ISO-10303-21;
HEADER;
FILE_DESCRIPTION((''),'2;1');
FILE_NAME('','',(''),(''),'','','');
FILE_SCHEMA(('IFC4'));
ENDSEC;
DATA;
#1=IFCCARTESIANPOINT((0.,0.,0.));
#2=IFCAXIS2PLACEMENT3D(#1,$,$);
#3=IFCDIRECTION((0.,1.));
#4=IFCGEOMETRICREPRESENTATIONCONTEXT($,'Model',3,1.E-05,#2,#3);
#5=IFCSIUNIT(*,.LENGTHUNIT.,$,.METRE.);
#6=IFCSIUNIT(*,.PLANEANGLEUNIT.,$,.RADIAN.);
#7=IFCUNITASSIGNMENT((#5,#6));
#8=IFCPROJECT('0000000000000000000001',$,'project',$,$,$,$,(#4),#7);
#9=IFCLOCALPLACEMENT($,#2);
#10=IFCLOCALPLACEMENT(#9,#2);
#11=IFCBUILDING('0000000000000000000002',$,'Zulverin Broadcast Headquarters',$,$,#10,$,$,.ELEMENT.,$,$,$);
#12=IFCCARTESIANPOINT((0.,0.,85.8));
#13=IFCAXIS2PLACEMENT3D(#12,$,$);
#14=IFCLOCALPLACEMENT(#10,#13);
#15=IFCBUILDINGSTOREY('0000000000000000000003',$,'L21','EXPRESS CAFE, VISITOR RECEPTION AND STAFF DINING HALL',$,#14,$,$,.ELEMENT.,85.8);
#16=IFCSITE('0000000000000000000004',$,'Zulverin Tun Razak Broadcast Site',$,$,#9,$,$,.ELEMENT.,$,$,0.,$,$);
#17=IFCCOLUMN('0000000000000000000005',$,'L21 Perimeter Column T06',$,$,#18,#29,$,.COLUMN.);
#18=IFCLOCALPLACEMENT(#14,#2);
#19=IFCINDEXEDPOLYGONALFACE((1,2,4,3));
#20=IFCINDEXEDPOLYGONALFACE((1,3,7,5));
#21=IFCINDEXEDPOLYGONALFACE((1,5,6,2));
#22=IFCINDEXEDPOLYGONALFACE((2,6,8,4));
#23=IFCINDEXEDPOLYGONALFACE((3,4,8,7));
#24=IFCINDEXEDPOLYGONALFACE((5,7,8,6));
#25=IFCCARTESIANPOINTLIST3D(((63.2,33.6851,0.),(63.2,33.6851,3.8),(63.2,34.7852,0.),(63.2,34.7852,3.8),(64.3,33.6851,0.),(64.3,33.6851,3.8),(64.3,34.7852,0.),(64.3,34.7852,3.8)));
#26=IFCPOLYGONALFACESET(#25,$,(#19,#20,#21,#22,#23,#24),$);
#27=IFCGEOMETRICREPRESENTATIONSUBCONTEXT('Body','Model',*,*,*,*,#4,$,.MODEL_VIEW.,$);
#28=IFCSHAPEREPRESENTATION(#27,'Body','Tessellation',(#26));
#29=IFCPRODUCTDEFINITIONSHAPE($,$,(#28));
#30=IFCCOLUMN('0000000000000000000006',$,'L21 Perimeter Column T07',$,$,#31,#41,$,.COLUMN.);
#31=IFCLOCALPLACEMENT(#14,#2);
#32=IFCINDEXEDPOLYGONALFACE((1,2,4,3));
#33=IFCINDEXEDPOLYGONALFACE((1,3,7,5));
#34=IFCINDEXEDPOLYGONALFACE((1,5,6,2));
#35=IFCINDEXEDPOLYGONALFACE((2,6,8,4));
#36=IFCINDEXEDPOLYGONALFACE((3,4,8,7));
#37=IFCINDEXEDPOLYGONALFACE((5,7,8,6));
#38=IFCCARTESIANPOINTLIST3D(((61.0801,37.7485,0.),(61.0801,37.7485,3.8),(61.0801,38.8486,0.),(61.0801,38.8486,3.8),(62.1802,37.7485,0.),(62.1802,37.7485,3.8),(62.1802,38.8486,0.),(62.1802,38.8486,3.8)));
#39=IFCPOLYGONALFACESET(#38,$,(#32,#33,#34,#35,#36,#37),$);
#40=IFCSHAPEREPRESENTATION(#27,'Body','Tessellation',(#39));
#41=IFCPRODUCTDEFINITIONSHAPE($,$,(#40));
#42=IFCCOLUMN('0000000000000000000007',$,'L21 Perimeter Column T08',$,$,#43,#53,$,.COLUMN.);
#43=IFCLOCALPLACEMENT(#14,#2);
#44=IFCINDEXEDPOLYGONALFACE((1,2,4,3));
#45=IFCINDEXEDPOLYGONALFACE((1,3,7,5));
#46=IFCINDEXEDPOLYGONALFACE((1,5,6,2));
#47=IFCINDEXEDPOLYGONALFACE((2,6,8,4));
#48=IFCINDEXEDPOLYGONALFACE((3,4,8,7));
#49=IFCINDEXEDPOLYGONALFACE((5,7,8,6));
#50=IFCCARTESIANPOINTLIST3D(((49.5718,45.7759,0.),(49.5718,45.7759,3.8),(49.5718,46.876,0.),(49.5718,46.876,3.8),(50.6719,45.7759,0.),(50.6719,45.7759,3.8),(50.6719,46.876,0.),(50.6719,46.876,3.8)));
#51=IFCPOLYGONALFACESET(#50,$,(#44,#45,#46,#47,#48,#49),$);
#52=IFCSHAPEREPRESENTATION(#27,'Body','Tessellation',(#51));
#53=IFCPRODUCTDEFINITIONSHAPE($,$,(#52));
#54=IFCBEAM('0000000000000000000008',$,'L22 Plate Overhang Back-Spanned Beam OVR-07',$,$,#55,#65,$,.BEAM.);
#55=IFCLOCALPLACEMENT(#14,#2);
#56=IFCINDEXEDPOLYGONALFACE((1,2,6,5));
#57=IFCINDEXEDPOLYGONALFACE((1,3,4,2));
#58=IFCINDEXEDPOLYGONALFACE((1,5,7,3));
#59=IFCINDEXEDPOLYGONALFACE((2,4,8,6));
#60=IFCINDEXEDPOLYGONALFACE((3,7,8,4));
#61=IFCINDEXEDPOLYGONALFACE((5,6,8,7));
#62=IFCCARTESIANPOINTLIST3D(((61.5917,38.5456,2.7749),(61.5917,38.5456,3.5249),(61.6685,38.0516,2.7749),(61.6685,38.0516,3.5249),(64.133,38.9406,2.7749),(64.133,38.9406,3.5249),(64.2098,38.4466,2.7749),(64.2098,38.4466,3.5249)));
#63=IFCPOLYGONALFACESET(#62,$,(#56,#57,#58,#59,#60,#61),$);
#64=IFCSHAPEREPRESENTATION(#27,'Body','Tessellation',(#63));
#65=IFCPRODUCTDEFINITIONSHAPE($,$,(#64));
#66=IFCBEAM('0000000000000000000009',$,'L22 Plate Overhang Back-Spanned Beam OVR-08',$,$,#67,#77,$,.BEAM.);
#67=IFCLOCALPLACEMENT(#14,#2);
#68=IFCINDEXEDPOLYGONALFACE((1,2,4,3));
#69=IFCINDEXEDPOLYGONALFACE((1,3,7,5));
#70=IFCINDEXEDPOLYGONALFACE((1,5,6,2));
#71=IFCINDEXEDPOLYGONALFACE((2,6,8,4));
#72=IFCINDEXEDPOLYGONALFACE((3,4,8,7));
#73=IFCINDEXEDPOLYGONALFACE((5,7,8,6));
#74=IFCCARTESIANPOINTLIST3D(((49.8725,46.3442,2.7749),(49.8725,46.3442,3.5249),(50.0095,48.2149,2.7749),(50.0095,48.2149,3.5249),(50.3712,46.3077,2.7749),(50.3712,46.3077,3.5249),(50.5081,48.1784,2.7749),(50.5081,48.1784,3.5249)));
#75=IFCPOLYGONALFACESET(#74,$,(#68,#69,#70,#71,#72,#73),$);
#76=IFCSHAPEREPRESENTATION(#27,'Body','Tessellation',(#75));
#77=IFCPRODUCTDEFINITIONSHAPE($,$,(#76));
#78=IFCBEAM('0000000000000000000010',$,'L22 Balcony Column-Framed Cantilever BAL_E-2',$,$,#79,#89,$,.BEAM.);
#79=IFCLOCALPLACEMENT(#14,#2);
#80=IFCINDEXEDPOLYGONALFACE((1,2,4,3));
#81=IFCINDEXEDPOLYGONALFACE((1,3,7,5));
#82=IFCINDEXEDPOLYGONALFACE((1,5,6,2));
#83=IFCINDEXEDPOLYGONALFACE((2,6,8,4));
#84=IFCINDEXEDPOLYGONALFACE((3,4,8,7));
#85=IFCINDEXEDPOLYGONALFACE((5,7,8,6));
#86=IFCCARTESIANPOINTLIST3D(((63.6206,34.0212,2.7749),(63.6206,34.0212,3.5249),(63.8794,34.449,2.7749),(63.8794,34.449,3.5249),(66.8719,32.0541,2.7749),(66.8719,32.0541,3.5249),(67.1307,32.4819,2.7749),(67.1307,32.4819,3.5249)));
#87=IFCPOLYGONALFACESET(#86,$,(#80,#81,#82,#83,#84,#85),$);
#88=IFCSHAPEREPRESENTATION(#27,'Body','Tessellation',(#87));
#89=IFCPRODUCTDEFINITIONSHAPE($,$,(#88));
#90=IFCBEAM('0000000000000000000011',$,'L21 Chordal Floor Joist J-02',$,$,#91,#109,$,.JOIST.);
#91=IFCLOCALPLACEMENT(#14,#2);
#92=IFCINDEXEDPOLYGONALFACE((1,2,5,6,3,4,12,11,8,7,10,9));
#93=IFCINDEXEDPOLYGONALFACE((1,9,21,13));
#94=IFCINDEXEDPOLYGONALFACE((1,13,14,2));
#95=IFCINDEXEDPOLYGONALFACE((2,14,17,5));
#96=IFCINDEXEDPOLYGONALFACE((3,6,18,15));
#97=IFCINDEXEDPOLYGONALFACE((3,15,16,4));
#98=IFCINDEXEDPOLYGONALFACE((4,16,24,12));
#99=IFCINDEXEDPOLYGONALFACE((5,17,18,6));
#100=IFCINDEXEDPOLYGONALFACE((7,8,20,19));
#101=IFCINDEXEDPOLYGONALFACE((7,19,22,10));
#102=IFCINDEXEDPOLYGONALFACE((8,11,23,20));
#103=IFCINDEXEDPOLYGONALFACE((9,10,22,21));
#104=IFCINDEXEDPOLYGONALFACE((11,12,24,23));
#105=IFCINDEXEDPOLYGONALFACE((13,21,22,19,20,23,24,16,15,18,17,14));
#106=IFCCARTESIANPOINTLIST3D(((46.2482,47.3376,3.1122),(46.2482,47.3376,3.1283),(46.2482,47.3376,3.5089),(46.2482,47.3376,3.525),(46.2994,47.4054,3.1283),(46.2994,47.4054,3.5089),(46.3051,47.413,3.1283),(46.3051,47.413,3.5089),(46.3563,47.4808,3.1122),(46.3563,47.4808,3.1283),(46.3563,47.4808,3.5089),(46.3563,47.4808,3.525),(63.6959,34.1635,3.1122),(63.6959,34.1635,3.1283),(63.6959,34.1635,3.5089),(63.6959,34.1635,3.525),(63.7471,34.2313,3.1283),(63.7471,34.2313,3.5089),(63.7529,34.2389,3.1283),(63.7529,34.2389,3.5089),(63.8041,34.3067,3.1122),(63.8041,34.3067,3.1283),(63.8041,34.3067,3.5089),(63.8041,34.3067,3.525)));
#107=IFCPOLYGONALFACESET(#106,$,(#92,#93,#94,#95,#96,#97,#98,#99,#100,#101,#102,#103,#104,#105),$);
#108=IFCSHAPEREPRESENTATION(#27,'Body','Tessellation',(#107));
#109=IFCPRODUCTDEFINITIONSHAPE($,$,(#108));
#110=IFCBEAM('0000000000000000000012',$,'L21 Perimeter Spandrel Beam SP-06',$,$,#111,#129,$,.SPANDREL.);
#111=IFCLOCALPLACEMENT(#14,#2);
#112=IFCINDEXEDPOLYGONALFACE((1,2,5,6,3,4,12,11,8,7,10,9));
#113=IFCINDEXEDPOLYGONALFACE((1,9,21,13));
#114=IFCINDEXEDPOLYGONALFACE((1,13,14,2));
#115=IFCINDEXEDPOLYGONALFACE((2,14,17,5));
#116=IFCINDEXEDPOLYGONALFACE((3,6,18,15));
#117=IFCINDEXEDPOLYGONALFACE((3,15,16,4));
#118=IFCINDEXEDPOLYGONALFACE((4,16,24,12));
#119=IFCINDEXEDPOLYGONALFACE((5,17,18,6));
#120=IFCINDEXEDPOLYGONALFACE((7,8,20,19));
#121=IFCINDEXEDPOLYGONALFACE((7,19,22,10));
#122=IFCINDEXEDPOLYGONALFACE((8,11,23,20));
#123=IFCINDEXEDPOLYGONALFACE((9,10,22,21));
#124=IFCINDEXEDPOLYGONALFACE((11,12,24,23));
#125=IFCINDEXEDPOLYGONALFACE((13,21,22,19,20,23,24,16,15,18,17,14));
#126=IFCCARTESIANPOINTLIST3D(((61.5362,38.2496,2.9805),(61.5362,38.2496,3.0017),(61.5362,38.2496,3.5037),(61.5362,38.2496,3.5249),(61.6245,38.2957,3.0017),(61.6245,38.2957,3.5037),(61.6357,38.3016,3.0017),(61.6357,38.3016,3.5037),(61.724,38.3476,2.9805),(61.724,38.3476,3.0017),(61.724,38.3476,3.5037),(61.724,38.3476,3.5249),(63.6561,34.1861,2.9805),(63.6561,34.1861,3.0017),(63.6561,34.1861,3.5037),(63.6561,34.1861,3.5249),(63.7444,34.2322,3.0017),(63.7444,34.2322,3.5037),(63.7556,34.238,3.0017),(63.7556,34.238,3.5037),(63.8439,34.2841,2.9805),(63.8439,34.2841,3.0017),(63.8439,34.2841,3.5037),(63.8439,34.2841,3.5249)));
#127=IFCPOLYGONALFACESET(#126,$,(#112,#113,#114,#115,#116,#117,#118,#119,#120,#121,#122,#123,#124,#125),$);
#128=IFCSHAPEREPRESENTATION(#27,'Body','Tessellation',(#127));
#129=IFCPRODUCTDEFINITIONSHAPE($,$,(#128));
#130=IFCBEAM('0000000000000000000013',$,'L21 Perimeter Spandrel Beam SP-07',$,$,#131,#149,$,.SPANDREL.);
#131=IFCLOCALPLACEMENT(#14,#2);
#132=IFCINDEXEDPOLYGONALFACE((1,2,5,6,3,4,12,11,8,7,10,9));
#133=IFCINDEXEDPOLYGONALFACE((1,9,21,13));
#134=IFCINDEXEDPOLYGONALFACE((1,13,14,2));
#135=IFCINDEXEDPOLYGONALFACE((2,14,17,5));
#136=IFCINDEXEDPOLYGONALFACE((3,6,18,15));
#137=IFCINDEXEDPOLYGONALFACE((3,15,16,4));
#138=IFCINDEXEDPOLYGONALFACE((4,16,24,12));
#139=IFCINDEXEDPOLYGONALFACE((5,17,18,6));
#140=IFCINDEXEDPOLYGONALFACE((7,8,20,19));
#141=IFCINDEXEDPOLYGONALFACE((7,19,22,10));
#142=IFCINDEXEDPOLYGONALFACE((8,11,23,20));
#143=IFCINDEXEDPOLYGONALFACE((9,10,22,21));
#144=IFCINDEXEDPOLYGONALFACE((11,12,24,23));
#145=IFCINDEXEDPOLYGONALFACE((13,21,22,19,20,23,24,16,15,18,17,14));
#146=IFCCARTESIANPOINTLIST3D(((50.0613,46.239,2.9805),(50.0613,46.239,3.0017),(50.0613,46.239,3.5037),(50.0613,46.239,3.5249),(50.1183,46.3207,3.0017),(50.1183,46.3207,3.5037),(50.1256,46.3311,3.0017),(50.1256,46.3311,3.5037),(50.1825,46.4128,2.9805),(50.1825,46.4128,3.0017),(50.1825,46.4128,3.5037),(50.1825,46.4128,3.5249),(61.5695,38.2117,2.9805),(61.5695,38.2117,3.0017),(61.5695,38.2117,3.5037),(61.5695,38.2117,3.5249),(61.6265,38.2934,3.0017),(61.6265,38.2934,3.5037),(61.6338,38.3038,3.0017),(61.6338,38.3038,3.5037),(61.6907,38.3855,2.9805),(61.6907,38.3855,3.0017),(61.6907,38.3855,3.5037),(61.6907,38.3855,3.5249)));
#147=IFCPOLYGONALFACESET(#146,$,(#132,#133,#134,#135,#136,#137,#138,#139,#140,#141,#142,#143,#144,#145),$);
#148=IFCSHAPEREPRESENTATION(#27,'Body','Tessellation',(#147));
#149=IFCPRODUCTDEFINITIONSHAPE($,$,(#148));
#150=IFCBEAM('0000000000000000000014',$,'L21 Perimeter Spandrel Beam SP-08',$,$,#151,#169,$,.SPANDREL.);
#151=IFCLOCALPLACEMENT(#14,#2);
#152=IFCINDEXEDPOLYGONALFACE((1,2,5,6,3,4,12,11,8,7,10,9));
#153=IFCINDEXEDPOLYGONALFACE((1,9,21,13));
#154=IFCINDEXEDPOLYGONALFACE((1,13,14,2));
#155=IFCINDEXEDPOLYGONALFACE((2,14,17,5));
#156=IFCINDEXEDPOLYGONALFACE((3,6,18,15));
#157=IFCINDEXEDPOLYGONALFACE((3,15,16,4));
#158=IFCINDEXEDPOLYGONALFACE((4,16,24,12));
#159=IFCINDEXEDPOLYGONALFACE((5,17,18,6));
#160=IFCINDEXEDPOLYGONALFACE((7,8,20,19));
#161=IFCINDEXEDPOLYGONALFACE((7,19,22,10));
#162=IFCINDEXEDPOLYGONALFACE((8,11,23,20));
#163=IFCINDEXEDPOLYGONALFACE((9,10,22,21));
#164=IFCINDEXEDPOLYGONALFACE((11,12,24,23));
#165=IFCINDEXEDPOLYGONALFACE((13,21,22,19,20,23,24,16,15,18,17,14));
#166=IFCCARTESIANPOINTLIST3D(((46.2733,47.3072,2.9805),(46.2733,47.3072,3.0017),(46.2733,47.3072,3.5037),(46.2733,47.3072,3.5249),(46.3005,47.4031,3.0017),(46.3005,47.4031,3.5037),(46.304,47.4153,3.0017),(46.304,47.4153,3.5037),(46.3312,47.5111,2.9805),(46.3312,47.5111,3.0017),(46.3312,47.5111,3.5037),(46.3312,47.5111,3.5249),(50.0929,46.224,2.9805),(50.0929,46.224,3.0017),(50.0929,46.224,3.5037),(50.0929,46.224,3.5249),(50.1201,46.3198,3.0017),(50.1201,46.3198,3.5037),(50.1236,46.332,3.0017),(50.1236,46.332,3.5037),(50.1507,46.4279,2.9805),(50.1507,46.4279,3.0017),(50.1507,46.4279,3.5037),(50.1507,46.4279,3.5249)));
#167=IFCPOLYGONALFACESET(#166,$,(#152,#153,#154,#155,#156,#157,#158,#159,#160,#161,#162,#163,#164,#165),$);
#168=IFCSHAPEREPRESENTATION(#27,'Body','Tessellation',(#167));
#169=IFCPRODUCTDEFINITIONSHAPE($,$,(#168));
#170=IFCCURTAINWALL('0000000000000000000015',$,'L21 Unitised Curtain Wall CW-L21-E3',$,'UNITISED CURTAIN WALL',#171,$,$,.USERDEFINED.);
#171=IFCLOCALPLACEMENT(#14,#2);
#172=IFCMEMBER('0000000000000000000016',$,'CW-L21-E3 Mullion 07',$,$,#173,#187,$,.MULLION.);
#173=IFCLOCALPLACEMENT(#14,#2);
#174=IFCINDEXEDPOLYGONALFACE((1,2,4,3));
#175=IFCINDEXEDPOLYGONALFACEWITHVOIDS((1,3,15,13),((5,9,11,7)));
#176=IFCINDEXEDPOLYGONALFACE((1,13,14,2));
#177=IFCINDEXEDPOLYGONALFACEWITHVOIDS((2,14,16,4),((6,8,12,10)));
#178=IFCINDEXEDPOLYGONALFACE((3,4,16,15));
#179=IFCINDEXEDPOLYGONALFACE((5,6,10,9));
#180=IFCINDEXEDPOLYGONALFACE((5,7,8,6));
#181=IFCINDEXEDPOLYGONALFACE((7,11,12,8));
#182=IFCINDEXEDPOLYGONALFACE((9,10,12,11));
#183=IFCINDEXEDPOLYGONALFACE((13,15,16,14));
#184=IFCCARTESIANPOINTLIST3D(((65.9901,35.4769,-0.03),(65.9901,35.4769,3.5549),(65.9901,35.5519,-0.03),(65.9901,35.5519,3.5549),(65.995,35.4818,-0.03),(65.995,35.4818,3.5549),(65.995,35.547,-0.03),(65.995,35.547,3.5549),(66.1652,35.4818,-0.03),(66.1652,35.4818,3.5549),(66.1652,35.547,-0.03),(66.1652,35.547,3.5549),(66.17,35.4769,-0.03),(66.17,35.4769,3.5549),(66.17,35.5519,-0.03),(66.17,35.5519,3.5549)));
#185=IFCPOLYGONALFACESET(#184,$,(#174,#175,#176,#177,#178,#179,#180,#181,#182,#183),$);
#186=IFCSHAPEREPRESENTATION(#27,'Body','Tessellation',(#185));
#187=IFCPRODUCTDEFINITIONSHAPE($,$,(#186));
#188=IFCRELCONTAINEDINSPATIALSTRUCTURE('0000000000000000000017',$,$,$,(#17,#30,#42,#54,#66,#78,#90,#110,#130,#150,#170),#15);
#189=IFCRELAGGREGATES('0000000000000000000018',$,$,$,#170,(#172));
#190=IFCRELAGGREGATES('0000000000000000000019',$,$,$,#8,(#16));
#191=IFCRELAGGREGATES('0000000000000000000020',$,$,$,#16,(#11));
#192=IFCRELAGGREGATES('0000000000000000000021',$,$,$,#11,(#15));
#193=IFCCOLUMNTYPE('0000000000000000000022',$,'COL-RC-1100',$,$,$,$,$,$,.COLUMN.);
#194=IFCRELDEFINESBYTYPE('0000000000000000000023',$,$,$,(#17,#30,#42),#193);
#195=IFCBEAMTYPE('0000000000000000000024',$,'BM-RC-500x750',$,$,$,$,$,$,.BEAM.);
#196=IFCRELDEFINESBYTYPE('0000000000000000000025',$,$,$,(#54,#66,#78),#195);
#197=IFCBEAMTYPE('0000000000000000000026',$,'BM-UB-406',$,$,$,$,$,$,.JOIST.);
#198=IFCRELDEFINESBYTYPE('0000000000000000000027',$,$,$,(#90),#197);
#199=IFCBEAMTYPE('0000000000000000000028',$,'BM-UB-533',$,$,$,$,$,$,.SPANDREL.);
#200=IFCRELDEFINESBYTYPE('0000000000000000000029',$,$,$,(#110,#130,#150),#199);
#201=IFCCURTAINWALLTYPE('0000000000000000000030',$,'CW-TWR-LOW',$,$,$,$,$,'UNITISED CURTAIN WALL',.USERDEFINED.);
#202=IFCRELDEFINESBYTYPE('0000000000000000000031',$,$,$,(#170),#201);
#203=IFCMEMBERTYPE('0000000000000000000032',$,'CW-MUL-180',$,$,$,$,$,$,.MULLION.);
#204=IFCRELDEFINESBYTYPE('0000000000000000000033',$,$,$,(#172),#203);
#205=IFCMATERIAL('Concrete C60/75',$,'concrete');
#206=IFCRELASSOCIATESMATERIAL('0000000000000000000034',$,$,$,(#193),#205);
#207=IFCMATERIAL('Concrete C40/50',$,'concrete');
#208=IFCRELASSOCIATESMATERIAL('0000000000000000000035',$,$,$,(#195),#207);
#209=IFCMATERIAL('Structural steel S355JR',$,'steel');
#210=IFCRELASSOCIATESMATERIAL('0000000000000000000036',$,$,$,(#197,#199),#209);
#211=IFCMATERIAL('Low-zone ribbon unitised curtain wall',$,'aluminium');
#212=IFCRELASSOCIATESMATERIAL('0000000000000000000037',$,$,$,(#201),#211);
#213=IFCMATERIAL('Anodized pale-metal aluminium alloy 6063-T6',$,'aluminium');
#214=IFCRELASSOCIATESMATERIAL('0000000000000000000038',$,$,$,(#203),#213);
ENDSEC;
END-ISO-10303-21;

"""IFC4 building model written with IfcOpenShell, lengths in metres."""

from ifc_helpers import new_model, si_unit, direction, frame, origin, origin_2d, place, context, subcontext, project, spatial, rectangle, hollow_rectangle, i_section, extrude, material, material_profile, profile_set, type_object, element, aggregate, save


model = new_model("IFC4")

# Units and contexts
model_context = context("Model", 3, precision=1e-05, world=origin(), true_north=direction((0.0, 1.0)))
body_context = subcontext(model_context, "Body", "Model", "MODEL_VIEW")
ifc_project = project(units=[si_unit("LENGTHUNIT", "METRE"), si_unit("PLANEANGLEUNIT", "RADIAN")], contexts=[model_context])

# Site, building, storey
site_placement = place(None, origin())
site = spatial("IfcSite", under=ifc_project, at=site_placement, Name="Zulverin Tun Razak Broadcast Site", CompositionType="ELEMENT", RefElevation=0.0)
building_placement = place(site_placement, origin())
building = spatial("IfcBuilding", under=site, at=building_placement, Name="Zulverin Broadcast Headquarters", CompositionType="ELEMENT")
storey_placement = place(building_placement, frame((0.0, 0.0, 85.8)))
storey = spatial("IfcBuildingStorey", under=building, at=storey_placement, Name="L21", Description="EXPRESS CAFE, VISITOR RECEPTION AND STAFF DINING HALL", CompositionType="ELEMENT", Elevation=85.8)

# Columns
ifc_material_1 = material(Name="Concrete C60/75", Category="concrete")
ifc_material_profile_1 = material_profile(ifc_material_1, rectangle(XDim=1.1001, YDim=1.1001, at=origin_2d()), Name="Concrete C60/75", Category="concrete")
ifc_profile_set_1 = profile_set([ifc_material_profile_1], Name="Concrete C60/75")
column_type = type_object("IfcColumnType", Name="COL-RC-1100", PredefinedType="COLUMN", material=ifc_profile_set_1)
for number, where, z_axis, x_axis, name in (
    (1, (63.75, 34.2351, 0.0), (0.0, 0.0, 1.0), (1.0, 0.0, 0.0), "L21 Perimeter Column T06"),
    (2, (61.6301, 38.2986, 0.0), (0.0, 0.0, 1.0), (1.0, 0.0, 0.0), "L21 Perimeter Column T07"),
    (3, (50.1218, 46.3259, 0.0), (0.0, 0.0, 1.0), (1.0, 0.0, 0.0), "L21 Perimeter Column T08"),
):
    element("IfcColumn", number, at=place(storey_placement, frame(where, z_axis=z_axis, x_axis=x_axis)), inside=storey, type_object=column_type, Name=name, PredefinedType="COLUMN", context=body_context, shape_type="SweptSolid", body=[
        extrude(rectangle(XDim=1.1001, YDim=1.1001, at=origin_2d()), origin(), (0.0, 0.0, 1.0), 3.8),
    ])

# Beams
ifc_material_2 = material(Name="Concrete C40/50", Category="concrete")
ifc_material_profile_2 = material_profile(ifc_material_2, rectangle(XDim=0.5, YDim=0.75, at=origin_2d()), Name="Concrete C40/50", Category="concrete")
ifc_profile_set_2 = profile_set([ifc_material_profile_2], Name="Concrete C40/50")
beam_type_1 = type_object("IfcBeamType", Name="BM-RC-500x750", PredefinedType="BEAM", material=ifc_profile_set_2)
beam_1_placement = place(storey_placement, frame((61.6301, 38.2986, 3.1499), z_axis=(0.988133, 0.153598, 0.0), x_axis=(-0.153598, 0.988133, 0.0)))
element("IfcBeam", 4, at=beam_1_placement, inside=storey, type_object=beam_type_1, Name="L22 Plate Overhang Back-Spanned Beam OVR-07", PredefinedType="BEAM", context=body_context, shape_type="SweptSolid", body=[
    extrude(rectangle(XDim=0.5, YDim=0.75, at=origin_2d()), origin(), (0.0, 0.0, 1.0), 2.5718),
])
beam_2_placement = place(storey_placement, frame((50.1218, 46.3259, 3.1499), z_axis=(0.073023, 0.99733, 0.0), x_axis=(-0.99733, 0.073023, 0.0)))
element("IfcBeam", 5, at=beam_2_placement, inside=storey, type_object=beam_type_1, Name="L22 Plate Overhang Back-Spanned Beam OVR-08", PredefinedType="BEAM", context=body_context, shape_type="SweptSolid", body=[
    extrude(rectangle(XDim=0.5, YDim=0.75, at=origin_2d()), origin(), (0.0, 0.0, 1.0), 1.8757),
])
beam_3_placement = place(storey_placement, frame((63.75, 34.2351, 3.1499), z_axis=(0.855594, -0.517648, 0.0), x_axis=(0.517648, 0.855594, 0.0)))
element("IfcBeam", 6, at=beam_3_placement, inside=storey, type_object=beam_type_1, Name="L22 Balcony Column-Framed Cantilever BAL_E-2", PredefinedType="BEAM", context=body_context, shape_type="SweptSolid", body=[
    extrude(rectangle(XDim=0.5, YDim=0.75, at=origin_2d()), origin(), (0.0, 0.0, 1.0), 3.8),
])
ifc_material_3 = material(Name="Structural steel S355JR", Category="steel")
ifc_material_profile_3 = material_profile(ifc_material_3, i_section(OverallWidth=0.1794, OverallDepth=0.4128, WebThickness=0.0095, FlangeThickness=0.0161, at=origin_2d()), Name="Structural steel S355JR", Category="steel")
ifc_profile_set_3 = profile_set([ifc_material_profile_3], Name="Structural steel S355JR")
beam_type_2 = type_object("IfcBeamType", Name="BM-UB-406", PredefinedType="JOIST", material=ifc_profile_set_3)
beam_4_placement = place(storey_placement, frame((63.75, 34.2351, 3.3186), z_axis=(-0.798058, 0.60258, 0.0), x_axis=(-0.60258, -0.798058, 0.0)))
element("IfcBeam", 7, at=beam_4_placement, inside=storey, type_object=beam_type_2, Name="L21 Chordal Floor Joist J-02", PredefinedType="JOIST", context=body_context, shape_type="SweptSolid", body=[
    extrude(i_section(OverallWidth=0.1794, OverallDepth=0.4128, WebThickness=0.0095, FlangeThickness=0.0161, at=origin_2d()), origin(), (0.0, 0.0, 1.0), 21.8628),
])
ifc_material_profile_4 = material_profile(ifc_material_3, i_section(OverallWidth=0.2119, OverallDepth=0.5444, WebThickness=0.0127, FlangeThickness=0.0212, at=origin_2d()), Name="Structural steel S355JR", Category="steel")
ifc_profile_set_4 = profile_set([ifc_material_profile_4], Name="Structural steel S355JR")
beam_type_3 = type_object("IfcBeamType", Name="BM-UB-533", PredefinedType="SPANDREL", material=ifc_profile_set_4)
beam_5_placement = place(storey_placement, frame((63.75, 34.2351, 3.2527), z_axis=(-0.462531, 0.886603, 0.0), x_axis=(-0.886603, -0.462531, 0.0)))
element("IfcBeam", 8, at=beam_5_placement, inside=storey, type_object=beam_type_3, Name="L21 Perimeter Spandrel Beam SP-06", PredefinedType="SPANDREL", context=body_context, shape_type="SweptSolid", body=[
    extrude(i_section(OverallWidth=0.2119, OverallDepth=0.5444, WebThickness=0.0127, FlangeThickness=0.0212, at=origin_2d()), origin(), (0.0, 0.0, 1.0), 4.5833),
])
beam_6_placement = place(storey_placement, frame((61.6301, 38.2986, 3.2527), z_axis=(-0.820184, 0.5721, 0.0), x_axis=(-0.5721, -0.820184, 0.0)))
element("IfcBeam", 9, at=beam_6_placement, inside=storey, type_object=beam_type_3, Name="L21 Perimeter Spandrel Beam SP-07", PredefinedType="SPANDREL", context=body_context, shape_type="SweptSolid", body=[
    extrude(i_section(OverallWidth=0.2119, OverallDepth=0.5444, WebThickness=0.0127, FlangeThickness=0.0212, at=origin_2d()), origin(), (0.0, 0.0, 1.0), 14.0312),
])
beam_7_placement = place(storey_placement, frame((50.1218, 46.3259, 3.2527), z_axis=(-0.962058, 0.272844, 0.0), x_axis=(-0.272844, -0.962058, 0.0)))
element("IfcBeam", 10, at=beam_7_placement, inside=storey, type_object=beam_type_3, Name="L21 Perimeter Spandrel Beam SP-08", PredefinedType="SPANDREL", context=body_context, shape_type="SweptSolid", body=[
    extrude(i_section(OverallWidth=0.2119, OverallDepth=0.5444, WebThickness=0.0127, FlangeThickness=0.0212, at=origin_2d()), origin(), (0.0, 0.0, 1.0), 3.9702),
])

# Curtain wall, member
ifc_material_4 = material(Name="Low-zone ribbon unitised curtain wall", Category="aluminium")
curtain_wall_type = type_object("IfcCurtainWallType", Name="CW-TWR-LOW", ElementType="UNITISED CURTAIN WALL", PredefinedType="USERDEFINED", material=ifc_material_4)
curtain_wall_placement = place(storey_placement, origin())
curtain_wall = element("IfcCurtainWall", 11, at=curtain_wall_placement, inside=storey, type_object=curtain_wall_type, Name="L21 Unitised Curtain Wall CW-L21-E3", ObjectType="UNITISED CURTAIN WALL", PredefinedType="USERDEFINED")
ifc_material_5 = material(Name="Anodized pale-metal aluminium alloy 6063-T6", Category="aluminium")
ifc_material_profile_5 = material_profile(ifc_material_5, hollow_rectangle(XDim=0.075, YDim=0.1799, WallThickness=0.0049, at=origin_2d()), Name="Anodized pale-metal aluminium alloy 6063-T6", Category="aluminium")
ifc_profile_set_5 = profile_set([ifc_material_profile_5], Name="Anodized pale-metal aluminium alloy 6063-T6")
member_type = type_object("IfcMemberType", Name="CW-MUL-180", PredefinedType="MULLION", material=ifc_profile_set_5)
member_placement = place(storey_placement, frame((66.0801, 35.5144, -0.03), z_axis=(0.0, 0.0, 1.0), x_axis=(0.0, 1.0, 0.0)))
member = element("IfcMember", 12, at=member_placement, type_object=member_type, Name="CW-L21-E3 Mullion 07", PredefinedType="MULLION", context=body_context, shape_type="SweptSolid", body=[
    extrude(hollow_rectangle(XDim=0.075, YDim=0.1799, WallThickness=0.0049, at=origin_2d()), origin(), (0.0, 0.0, 1.0), 3.585),
])
aggregate(curtain_wall, [member])

save(model, "model.ifc")
